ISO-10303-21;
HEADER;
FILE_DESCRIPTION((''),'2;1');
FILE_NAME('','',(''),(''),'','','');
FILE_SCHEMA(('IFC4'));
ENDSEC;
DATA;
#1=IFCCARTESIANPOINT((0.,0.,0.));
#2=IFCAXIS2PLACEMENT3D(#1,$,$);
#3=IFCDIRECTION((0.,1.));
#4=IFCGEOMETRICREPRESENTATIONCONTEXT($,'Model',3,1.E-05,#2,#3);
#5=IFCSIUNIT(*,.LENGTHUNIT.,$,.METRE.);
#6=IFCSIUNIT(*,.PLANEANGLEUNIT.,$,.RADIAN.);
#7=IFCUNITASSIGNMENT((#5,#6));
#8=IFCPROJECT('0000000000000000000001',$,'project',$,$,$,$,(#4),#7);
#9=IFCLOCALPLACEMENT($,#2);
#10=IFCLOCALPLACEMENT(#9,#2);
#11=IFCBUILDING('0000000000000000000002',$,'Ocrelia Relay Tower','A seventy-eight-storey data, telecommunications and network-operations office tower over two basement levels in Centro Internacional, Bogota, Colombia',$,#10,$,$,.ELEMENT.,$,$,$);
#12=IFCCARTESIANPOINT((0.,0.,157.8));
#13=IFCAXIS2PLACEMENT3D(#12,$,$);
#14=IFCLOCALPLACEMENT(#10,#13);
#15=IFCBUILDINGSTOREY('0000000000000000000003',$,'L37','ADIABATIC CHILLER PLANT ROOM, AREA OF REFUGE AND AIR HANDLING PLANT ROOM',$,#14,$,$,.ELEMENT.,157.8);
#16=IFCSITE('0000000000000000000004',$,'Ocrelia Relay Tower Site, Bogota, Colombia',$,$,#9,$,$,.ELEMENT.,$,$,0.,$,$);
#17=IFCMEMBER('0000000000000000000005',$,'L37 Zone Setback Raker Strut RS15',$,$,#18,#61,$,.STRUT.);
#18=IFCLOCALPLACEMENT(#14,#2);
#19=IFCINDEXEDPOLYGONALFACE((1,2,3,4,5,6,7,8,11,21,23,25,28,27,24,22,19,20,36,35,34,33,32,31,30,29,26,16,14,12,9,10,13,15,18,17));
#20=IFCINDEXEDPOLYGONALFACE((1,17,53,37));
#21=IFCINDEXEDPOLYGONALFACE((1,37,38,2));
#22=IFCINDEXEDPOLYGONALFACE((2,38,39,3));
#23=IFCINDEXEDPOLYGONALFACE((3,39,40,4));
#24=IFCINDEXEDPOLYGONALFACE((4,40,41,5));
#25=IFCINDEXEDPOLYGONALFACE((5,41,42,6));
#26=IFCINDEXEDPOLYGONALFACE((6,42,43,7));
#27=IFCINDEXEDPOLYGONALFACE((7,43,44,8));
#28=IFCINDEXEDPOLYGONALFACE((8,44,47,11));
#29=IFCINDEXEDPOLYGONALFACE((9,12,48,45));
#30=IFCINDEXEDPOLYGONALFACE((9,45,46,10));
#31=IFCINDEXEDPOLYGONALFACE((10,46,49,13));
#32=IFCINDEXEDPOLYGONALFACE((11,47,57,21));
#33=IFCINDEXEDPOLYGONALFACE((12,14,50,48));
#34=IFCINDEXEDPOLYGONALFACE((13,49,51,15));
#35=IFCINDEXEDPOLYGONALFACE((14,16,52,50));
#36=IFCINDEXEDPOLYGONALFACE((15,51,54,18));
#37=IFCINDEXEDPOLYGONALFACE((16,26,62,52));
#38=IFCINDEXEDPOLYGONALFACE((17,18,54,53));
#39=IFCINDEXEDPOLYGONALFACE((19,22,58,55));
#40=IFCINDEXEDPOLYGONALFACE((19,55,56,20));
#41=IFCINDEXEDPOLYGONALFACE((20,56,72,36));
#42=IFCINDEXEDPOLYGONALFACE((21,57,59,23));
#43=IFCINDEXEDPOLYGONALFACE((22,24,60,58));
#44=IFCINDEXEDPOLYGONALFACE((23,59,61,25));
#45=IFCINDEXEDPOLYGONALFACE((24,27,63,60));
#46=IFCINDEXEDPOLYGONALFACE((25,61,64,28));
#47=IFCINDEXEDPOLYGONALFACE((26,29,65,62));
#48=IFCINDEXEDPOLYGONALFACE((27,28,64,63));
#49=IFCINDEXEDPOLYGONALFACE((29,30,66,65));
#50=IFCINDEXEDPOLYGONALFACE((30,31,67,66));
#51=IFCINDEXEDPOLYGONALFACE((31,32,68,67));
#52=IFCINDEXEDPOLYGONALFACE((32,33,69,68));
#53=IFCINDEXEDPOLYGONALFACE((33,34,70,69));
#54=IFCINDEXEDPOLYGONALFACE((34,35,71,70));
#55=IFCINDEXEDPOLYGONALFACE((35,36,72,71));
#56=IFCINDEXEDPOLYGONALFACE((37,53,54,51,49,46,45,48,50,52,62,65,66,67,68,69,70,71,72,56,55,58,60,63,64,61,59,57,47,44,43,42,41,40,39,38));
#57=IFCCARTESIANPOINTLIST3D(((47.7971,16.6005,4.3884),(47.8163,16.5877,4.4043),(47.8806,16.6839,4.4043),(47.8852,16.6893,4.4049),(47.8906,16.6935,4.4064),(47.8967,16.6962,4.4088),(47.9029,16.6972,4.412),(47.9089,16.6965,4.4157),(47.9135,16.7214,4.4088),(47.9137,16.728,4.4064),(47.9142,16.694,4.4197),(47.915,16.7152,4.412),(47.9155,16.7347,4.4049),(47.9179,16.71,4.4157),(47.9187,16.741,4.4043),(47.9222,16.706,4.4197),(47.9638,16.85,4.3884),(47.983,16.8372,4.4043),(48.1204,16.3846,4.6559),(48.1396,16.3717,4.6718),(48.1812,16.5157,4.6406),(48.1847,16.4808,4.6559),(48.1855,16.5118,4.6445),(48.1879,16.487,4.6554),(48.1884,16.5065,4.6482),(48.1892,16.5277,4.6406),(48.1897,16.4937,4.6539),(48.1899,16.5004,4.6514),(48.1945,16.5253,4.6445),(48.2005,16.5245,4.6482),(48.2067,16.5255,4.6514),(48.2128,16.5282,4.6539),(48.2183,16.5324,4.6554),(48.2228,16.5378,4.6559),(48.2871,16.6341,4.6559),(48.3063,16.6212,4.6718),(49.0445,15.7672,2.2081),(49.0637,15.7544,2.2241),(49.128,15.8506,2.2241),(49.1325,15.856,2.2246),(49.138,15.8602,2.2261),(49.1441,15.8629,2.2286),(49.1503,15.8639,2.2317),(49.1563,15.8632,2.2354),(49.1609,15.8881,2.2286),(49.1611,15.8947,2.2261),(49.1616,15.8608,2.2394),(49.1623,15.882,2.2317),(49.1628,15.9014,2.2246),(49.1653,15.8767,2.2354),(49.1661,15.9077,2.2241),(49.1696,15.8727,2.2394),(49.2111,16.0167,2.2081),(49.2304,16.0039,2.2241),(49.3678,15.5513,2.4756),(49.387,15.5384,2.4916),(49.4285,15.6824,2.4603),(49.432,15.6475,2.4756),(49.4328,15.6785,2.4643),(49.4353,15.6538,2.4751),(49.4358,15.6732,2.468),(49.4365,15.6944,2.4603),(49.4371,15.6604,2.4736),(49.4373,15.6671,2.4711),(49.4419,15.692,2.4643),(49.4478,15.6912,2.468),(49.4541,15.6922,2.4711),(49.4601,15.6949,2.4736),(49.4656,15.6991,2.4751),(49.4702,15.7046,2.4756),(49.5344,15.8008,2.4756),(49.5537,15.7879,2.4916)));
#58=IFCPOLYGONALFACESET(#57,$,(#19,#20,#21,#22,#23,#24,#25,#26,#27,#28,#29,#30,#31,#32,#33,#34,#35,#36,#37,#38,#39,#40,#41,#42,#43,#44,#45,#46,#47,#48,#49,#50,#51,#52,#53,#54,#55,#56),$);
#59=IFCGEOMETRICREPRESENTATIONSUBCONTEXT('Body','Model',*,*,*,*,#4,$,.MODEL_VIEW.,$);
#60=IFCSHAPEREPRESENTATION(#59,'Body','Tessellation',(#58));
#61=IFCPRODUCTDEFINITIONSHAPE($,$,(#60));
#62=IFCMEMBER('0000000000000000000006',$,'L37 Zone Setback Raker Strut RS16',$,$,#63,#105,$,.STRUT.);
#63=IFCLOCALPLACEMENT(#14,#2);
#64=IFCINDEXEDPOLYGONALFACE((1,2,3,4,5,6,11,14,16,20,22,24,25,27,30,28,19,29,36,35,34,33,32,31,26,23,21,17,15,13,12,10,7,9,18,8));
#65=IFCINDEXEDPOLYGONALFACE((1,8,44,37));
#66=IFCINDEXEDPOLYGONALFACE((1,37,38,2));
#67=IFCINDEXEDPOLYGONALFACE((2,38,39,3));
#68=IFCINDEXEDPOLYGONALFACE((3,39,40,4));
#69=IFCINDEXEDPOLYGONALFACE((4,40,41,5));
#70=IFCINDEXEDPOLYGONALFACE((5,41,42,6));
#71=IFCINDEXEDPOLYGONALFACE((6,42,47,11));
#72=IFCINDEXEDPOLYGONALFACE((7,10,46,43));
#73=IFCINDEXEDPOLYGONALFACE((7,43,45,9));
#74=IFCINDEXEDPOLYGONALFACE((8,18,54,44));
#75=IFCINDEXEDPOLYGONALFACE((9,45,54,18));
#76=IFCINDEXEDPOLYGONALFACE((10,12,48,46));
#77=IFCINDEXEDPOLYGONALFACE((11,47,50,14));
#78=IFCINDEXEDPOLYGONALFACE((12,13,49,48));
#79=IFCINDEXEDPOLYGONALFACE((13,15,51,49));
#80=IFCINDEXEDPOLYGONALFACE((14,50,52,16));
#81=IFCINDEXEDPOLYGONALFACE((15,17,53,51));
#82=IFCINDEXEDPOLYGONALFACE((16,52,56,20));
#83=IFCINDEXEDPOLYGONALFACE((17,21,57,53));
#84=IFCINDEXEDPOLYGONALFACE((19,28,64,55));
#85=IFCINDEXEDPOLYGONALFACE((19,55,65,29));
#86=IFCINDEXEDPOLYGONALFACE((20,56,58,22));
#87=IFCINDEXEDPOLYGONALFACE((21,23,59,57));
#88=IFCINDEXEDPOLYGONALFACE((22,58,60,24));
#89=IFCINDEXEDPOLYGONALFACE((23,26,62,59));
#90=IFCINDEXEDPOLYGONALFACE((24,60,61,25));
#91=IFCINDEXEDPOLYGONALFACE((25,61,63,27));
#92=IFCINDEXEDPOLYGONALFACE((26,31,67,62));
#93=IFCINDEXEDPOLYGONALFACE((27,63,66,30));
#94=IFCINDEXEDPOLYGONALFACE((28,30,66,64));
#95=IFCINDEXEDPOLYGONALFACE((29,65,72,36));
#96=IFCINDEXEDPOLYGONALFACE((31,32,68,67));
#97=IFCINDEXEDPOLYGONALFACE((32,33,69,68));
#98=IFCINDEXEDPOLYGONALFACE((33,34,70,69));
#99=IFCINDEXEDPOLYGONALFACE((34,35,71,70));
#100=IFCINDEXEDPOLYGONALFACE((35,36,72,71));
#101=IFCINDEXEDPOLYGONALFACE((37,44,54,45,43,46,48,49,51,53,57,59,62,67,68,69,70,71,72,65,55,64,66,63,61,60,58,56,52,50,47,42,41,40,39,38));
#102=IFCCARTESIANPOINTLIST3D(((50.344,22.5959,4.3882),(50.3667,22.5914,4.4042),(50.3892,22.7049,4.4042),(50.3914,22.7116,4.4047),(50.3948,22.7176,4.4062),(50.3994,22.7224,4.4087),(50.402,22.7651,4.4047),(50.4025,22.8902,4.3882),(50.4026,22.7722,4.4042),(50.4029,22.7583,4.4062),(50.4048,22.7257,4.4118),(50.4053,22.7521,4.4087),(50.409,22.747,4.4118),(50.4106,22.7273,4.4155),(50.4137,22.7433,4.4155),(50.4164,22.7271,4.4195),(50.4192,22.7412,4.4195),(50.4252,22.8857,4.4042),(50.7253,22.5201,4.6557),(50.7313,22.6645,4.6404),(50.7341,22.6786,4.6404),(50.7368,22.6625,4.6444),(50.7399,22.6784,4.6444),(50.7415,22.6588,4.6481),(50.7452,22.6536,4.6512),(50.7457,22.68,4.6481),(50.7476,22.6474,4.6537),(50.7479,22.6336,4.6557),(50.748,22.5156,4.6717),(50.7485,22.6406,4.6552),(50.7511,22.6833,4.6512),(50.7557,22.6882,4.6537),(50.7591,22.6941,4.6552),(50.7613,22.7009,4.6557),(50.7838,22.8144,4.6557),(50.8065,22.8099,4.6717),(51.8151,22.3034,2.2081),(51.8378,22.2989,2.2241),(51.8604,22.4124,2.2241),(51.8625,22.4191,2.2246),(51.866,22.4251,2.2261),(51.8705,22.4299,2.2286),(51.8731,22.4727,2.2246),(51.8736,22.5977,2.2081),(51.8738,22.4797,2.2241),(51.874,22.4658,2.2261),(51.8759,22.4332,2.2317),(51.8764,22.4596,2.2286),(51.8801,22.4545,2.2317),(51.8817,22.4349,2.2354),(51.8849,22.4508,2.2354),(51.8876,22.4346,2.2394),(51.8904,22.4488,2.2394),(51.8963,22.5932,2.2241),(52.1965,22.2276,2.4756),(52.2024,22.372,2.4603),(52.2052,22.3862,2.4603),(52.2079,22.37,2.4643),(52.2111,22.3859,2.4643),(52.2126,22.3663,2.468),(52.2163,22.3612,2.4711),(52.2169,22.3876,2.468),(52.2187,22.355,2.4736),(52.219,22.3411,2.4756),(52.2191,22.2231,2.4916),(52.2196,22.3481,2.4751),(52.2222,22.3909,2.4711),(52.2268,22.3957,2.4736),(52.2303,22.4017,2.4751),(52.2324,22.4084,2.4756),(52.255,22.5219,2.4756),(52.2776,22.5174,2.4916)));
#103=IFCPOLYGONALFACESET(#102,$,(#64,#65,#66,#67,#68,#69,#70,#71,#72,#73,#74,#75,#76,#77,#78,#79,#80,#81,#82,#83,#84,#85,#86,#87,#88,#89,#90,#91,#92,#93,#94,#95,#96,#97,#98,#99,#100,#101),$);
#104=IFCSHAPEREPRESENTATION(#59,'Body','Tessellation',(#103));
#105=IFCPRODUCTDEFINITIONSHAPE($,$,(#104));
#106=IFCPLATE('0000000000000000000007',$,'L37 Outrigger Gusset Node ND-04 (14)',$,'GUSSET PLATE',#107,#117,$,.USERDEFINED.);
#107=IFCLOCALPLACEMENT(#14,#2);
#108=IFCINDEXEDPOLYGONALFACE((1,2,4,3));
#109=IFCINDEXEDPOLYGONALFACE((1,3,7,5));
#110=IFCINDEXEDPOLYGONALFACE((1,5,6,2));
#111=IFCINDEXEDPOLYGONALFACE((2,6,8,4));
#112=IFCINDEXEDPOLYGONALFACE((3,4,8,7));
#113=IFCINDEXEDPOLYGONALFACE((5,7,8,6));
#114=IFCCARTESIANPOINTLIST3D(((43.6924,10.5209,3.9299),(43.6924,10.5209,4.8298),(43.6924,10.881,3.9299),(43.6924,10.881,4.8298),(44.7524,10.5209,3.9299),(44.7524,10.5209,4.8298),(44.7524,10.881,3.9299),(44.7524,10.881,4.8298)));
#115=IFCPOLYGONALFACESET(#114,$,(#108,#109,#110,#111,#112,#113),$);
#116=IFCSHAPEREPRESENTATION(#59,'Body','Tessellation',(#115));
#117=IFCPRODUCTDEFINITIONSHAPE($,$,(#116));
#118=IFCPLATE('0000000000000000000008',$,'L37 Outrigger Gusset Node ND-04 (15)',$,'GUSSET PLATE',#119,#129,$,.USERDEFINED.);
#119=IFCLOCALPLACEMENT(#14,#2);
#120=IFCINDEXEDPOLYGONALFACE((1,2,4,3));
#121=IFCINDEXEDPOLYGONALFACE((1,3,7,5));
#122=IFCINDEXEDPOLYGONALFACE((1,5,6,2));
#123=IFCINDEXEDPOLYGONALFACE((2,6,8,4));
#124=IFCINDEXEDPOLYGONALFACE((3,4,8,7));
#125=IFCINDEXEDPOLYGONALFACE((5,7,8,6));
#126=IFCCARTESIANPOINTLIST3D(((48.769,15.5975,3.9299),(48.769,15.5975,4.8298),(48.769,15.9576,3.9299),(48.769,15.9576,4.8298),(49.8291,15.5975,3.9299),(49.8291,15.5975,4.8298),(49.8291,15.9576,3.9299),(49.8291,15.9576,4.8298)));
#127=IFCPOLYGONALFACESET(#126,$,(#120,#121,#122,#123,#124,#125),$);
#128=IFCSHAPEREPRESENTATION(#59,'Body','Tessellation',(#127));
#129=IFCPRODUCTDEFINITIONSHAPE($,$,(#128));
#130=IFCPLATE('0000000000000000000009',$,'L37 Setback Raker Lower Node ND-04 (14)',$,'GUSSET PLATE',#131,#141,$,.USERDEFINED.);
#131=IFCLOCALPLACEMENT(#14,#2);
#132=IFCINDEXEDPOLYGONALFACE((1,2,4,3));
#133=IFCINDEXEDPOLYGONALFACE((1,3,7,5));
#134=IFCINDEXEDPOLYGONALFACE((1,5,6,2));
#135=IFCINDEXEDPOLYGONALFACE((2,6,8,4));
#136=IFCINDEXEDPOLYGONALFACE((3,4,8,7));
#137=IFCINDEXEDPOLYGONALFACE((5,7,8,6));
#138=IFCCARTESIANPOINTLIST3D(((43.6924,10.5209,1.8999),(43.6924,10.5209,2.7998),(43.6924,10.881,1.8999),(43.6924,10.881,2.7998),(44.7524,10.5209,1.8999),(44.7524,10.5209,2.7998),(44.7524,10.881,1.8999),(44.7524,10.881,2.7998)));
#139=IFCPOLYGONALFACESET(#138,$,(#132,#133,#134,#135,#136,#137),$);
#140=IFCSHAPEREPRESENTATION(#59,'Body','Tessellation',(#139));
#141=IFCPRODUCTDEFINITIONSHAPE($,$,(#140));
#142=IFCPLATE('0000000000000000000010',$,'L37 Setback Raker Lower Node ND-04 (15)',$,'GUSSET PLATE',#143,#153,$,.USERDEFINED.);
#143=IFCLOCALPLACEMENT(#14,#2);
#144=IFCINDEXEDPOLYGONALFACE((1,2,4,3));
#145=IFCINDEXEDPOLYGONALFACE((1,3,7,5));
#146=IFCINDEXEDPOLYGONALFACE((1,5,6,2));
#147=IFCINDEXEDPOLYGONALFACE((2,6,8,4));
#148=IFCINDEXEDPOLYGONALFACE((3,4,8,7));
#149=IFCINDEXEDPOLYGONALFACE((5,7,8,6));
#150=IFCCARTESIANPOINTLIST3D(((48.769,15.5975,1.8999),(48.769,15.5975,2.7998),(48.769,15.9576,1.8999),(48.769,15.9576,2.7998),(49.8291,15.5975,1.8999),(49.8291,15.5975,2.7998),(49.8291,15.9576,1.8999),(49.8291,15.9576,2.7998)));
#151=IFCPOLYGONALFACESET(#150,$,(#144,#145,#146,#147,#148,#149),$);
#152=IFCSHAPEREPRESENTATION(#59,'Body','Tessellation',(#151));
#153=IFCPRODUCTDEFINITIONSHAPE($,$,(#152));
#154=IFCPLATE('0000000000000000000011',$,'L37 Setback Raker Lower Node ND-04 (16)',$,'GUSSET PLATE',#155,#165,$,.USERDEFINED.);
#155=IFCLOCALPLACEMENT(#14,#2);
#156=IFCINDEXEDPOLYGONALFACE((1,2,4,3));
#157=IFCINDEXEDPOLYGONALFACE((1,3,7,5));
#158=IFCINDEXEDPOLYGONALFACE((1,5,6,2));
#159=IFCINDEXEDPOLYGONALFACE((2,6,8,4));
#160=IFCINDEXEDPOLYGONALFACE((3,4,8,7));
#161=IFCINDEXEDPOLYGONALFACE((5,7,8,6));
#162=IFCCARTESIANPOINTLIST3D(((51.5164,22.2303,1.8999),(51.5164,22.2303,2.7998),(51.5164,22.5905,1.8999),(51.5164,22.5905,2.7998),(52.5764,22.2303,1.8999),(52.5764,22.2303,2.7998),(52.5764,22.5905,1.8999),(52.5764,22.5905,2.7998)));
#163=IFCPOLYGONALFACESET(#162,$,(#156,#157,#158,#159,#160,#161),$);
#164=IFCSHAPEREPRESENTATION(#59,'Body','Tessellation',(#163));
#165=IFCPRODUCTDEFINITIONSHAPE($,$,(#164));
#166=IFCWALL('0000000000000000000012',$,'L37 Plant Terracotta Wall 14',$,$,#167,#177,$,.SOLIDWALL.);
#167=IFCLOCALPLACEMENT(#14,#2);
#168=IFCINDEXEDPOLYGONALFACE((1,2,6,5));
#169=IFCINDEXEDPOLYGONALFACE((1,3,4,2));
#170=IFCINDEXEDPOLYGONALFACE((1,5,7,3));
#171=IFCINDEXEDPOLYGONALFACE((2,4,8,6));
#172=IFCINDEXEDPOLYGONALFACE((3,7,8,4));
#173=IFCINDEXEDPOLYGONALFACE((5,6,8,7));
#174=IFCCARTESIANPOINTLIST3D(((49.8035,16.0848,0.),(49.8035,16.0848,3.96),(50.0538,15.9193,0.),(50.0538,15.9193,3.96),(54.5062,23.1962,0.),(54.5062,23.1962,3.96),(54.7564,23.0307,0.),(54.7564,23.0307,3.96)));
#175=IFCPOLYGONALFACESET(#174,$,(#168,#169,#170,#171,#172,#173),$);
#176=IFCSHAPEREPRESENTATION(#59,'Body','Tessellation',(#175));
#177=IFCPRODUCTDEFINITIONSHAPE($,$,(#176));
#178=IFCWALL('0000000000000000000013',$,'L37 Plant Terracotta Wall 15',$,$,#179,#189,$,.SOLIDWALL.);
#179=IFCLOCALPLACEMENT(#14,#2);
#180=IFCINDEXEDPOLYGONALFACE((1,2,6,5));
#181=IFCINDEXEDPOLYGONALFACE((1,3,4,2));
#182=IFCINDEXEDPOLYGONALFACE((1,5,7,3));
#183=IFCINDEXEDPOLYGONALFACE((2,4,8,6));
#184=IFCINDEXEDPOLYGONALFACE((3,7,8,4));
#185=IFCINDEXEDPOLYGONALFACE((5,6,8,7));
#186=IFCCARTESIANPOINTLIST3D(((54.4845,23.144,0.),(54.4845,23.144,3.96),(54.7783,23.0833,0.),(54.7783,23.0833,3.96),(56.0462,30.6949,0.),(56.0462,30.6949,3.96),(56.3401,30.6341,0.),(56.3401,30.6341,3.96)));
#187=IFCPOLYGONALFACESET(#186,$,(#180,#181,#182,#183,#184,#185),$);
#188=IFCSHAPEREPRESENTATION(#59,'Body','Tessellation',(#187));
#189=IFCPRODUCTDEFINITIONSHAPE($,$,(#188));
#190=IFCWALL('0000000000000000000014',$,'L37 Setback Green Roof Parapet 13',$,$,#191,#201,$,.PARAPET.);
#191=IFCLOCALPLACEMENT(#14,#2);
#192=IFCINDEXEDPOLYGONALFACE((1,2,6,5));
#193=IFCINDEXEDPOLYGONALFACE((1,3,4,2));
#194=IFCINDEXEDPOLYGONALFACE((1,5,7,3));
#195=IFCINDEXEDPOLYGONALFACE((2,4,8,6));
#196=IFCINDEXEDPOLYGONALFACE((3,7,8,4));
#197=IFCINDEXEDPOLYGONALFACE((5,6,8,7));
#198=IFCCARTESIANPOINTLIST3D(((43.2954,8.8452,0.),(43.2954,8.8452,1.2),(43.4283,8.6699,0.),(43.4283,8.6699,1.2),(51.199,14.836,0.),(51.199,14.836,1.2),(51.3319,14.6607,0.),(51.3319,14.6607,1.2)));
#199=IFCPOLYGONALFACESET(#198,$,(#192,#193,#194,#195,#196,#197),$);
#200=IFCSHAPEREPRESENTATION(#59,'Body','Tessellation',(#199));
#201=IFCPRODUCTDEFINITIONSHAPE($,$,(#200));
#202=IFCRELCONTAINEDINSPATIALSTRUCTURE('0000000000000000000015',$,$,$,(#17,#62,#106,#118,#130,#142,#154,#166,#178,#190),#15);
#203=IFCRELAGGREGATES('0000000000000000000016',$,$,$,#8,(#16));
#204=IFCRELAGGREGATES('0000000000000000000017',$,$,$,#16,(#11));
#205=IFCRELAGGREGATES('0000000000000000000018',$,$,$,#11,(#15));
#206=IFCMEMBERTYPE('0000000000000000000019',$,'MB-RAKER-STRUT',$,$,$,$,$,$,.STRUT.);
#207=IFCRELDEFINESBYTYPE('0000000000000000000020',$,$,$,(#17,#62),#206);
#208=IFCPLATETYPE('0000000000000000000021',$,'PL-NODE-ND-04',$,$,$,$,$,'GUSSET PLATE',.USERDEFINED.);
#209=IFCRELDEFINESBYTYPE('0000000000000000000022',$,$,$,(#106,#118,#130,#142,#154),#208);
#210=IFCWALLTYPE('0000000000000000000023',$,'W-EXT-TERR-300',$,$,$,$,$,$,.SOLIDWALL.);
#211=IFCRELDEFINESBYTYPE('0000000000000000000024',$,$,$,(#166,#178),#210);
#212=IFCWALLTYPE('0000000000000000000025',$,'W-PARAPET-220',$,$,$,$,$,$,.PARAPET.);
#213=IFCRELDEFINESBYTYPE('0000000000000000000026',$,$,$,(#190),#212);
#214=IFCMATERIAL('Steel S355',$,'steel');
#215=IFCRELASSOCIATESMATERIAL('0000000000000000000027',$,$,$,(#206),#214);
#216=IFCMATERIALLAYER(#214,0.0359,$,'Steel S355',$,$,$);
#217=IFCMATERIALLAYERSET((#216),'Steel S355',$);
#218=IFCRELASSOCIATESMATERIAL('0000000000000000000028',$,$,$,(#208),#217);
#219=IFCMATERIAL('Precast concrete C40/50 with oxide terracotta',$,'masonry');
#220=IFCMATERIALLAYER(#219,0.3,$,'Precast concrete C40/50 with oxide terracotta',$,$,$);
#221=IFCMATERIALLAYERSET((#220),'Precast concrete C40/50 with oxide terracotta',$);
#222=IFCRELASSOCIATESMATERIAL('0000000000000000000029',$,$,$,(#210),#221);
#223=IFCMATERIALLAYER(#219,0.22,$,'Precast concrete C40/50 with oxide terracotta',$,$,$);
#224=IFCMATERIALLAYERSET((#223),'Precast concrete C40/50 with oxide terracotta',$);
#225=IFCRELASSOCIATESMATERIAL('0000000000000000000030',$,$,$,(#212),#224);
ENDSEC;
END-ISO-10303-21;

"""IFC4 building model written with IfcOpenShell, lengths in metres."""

from ifc_helpers import new_model, si_unit, direction, frame, frame_2d, origin, origin_2d, place, context, subcontext, project, spatial, rectangle, i_section, extrude, material, layer, layer_set, material_profile, profile_set, type_object, element, save


model = new_model("IFC4")

# Units and contexts
model_context = context("Model", 3, precision=1e-05, world=origin(), true_north=direction((0.0, 1.0)))
body_context = subcontext(model_context, "Body", "Model", "MODEL_VIEW")
ifc_project = project(units=[si_unit("LENGTHUNIT", "METRE"), si_unit("PLANEANGLEUNIT", "RADIAN")], contexts=[model_context])

# Site, building, storey
site_placement = place(None, origin())
site = spatial("IfcSite", under=ifc_project, at=site_placement, Name="Ocrelia Relay Tower Site, Bogota, Colombia", CompositionType="ELEMENT", RefElevation=0.0)
building_placement = place(site_placement, origin())
building = spatial("IfcBuilding", under=site, at=building_placement, Name="Ocrelia Relay Tower", Description="A seventy-eight-storey data, telecommunications and network-operations office tower over two basement levels in Centro Internacional, Bogota, Colombia", CompositionType="ELEMENT")
storey_placement = place(building_placement, frame((0.0, 0.0, 157.8)))
storey = spatial("IfcBuildingStorey", under=building, at=storey_placement, Name="L37", Description="ADIABATIC CHILLER PLANT ROOM, AREA OF REFUGE AND AIR HANDLING PLANT ROOM", CompositionType="ELEMENT", Elevation=157.8)

# Shared definitions
ifc_material_1 = material(Name="Steel S355", Category="steel")

# Members
ifc_material_profile_1 = material_profile(ifc_material_1, i_section(OverallWidth=0.3, OverallDepth=0.5, WebThickness=0.0144, FlangeThickness=0.0281, FilletRadius=0.0271, at=origin_2d()), Name="HEB 500")
ifc_profile_set_1 = profile_set([ifc_material_profile_1], Name="Steel S355")
member_type_1 = type_object("IfcMemberType", Name="MB-RAKER-STRUT", PredefinedType="STRUT", material=ifc_profile_set_1)
for number, where, z_axis, x_axis, name in (
    (1, (49.2991, 15.7776, 2.3499), (-0.471331, 0.314866, 0.823837), (-0.555489, -0.831524, 0.0), "L37 Zone Setback Raker Strut RS15"),
):
    element("IfcMember", number, at=place(storey_placement, frame(where, z_axis=z_axis, x_axis=x_axis)), inside=storey, type_object=member_type_1, Name=name, PredefinedType="STRUT", context=body_context, shape_type="SweptSolid", body=[
        extrude(i_section(OverallWidth=0.3, OverallDepth=0.5, WebThickness=0.0144, FlangeThickness=0.0281, FilletRadius=0.0271, at=origin_2d()), origin(), (0.0, 0.0, 1.0), 2.6465),
    ])
member_1_placement = place(storey_placement, frame((52.0464, 22.4104, 2.3499), z_axis=(-0.555934, 0.110523, 0.823846), x_axis=(-0.194989, -0.980805, 0.0)))
element("IfcMember", 2, at=member_1_placement, inside=storey, type_object=member_type_1, Name="L37 Zone Setback Raker Strut RS16", PredefinedType="STRUT", context=body_context, shape_type="SweptSolid", body=[
    extrude(i_section(OverallWidth=0.3, OverallDepth=0.5, WebThickness=0.0144, FlangeThickness=0.0281, FilletRadius=0.0271, at=origin_2d()), origin(), (0.0, 0.0, 1.0), 2.6462),
])

# Plates
ifc_layer_1 = layer(ifc_material_1, 0.0359, Name="Steel S355")
ifc_layer_set_1 = layer_set([ifc_layer_1], Name="Steel S355")
plate_type = type_object("IfcPlateType", Name="PL-NODE-ND-04", ElementType="GUSSET PLATE", PredefinedType="USERDEFINED", material=ifc_layer_set_1)
for number, where, z_axis, x_axis, name in (
    (3, (44.2224, 10.7009, 3.9299), (0.0, 0.0, 1.0), (1.0, 0.0, 0.0), "L37 Outrigger Gusset Node ND-04 (14)"),
    (4, (49.2991, 15.7776, 3.9299), (0.0, 0.0, 1.0), (1.0, 0.0, 0.0), "L37 Outrigger Gusset Node ND-04 (15)"),
    (5, (44.2224, 10.7009, 1.8999), (0.0, 0.0, 1.0), (1.0, 0.0, 0.0), "L37 Setback Raker Lower Node ND-04 (14)"),
    (6, (49.2991, 15.7776, 1.8999), (0.0, 0.0, 1.0), (1.0, 0.0, 0.0), "L37 Setback Raker Lower Node ND-04 (15)"),
    (7, (52.0464, 22.4104, 1.8999), (0.0, 0.0, 1.0), (1.0, 0.0, 0.0), "L37 Setback Raker Lower Node ND-04 (16)"),
):
    element("IfcPlate", number, at=place(storey_placement, frame(where, z_axis=z_axis, x_axis=x_axis)), inside=storey, type_object=plate_type, Name=name, ObjectType="GUSSET PLATE", PredefinedType="USERDEFINED", context=body_context, shape_type="SweptSolid", body=[
        extrude(rectangle(XDim=1.0601, YDim=0.3601, at=origin_2d()), origin(), (0.0, 0.0, 1.0), 0.8999),
    ])

# Walls
ifc_material_2 = material(Name="Precast concrete C40/50 with oxide terracotta", Category="masonry")
ifc_layer_2 = layer(ifc_material_2, 0.3, Name="Precast concrete C40/50 with oxide terracotta")
ifc_layer_set_2 = layer_set([ifc_layer_2], Name="Precast concrete C40/50 with oxide terracotta")
wall_type_1 = type_object("IfcWallType", Name="W-EXT-TERR-300", PredefinedType="SOLIDWALL", material=ifc_layer_set_2)
wall_1_placement = place(storey_placement, frame((49.9287, 16.0022, 0.0), z_axis=(0.0, 0.0, 1.0), x_axis=(0.55159, 0.834115, 0.0)))
element("IfcWall", 8, at=wall_1_placement, inside=storey, type_object=wall_type_1, Name="L37 Plant Terracotta Wall 14", PredefinedType="SOLIDWALL", context=body_context, shape_type="SweptSolid", body=[
    extrude(rectangle(XDim=8.5256, YDim=0.3, at=frame_2d((4.2627, 0.0))), origin(), (0.0, 0.0, 1.0), 3.96),
])
wall_2_placement = place(storey_placement, frame((54.6313, 23.1135, 0.0), z_axis=(0.0, 0.0, 1.0), x_axis=(0.202548, 0.979272, 0.0)))
element("IfcWall", 9, at=wall_2_placement, inside=storey, type_object=wall_type_1, Name="L37 Plant Terracotta Wall 15", PredefinedType="SOLIDWALL", context=body_context, shape_type="SweptSolid", body=[
    extrude(rectangle(XDim=7.7107, YDim=0.3, at=frame_2d((3.8555, 0.0))), origin(), (0.0, 0.0, 1.0), 3.96),
])
ifc_layer_3 = layer(ifc_material_2, 0.22, Name="Precast concrete C40/50 with oxide terracotta")
ifc_layer_set_3 = layer_set([ifc_layer_3], Name="Precast concrete C40/50 with oxide terracotta")
wall_type_2 = type_object("IfcWallType", Name="W-PARAPET-220", PredefinedType="PARAPET", material=ifc_layer_set_3)
wall_3_placement = place(storey_placement, frame((43.3618, 8.7576, 0.0), z_axis=(0.0, 0.0, 1.0), x_axis=(0.796938, 0.604061, 0.0)))
element("IfcWall", 10, at=wall_3_placement, inside=storey, type_object=wall_type_2, Name="L37 Setback Green Roof Parapet 13", PredefinedType="PARAPET", context=body_context, shape_type="SweptSolid", body=[
    extrude(rectangle(XDim=9.9175, YDim=0.22, at=frame_2d((4.9587, 0.0))), origin(), (0.0, 0.0, 1.0), 1.2),
])

save(model, "model.ifc")
